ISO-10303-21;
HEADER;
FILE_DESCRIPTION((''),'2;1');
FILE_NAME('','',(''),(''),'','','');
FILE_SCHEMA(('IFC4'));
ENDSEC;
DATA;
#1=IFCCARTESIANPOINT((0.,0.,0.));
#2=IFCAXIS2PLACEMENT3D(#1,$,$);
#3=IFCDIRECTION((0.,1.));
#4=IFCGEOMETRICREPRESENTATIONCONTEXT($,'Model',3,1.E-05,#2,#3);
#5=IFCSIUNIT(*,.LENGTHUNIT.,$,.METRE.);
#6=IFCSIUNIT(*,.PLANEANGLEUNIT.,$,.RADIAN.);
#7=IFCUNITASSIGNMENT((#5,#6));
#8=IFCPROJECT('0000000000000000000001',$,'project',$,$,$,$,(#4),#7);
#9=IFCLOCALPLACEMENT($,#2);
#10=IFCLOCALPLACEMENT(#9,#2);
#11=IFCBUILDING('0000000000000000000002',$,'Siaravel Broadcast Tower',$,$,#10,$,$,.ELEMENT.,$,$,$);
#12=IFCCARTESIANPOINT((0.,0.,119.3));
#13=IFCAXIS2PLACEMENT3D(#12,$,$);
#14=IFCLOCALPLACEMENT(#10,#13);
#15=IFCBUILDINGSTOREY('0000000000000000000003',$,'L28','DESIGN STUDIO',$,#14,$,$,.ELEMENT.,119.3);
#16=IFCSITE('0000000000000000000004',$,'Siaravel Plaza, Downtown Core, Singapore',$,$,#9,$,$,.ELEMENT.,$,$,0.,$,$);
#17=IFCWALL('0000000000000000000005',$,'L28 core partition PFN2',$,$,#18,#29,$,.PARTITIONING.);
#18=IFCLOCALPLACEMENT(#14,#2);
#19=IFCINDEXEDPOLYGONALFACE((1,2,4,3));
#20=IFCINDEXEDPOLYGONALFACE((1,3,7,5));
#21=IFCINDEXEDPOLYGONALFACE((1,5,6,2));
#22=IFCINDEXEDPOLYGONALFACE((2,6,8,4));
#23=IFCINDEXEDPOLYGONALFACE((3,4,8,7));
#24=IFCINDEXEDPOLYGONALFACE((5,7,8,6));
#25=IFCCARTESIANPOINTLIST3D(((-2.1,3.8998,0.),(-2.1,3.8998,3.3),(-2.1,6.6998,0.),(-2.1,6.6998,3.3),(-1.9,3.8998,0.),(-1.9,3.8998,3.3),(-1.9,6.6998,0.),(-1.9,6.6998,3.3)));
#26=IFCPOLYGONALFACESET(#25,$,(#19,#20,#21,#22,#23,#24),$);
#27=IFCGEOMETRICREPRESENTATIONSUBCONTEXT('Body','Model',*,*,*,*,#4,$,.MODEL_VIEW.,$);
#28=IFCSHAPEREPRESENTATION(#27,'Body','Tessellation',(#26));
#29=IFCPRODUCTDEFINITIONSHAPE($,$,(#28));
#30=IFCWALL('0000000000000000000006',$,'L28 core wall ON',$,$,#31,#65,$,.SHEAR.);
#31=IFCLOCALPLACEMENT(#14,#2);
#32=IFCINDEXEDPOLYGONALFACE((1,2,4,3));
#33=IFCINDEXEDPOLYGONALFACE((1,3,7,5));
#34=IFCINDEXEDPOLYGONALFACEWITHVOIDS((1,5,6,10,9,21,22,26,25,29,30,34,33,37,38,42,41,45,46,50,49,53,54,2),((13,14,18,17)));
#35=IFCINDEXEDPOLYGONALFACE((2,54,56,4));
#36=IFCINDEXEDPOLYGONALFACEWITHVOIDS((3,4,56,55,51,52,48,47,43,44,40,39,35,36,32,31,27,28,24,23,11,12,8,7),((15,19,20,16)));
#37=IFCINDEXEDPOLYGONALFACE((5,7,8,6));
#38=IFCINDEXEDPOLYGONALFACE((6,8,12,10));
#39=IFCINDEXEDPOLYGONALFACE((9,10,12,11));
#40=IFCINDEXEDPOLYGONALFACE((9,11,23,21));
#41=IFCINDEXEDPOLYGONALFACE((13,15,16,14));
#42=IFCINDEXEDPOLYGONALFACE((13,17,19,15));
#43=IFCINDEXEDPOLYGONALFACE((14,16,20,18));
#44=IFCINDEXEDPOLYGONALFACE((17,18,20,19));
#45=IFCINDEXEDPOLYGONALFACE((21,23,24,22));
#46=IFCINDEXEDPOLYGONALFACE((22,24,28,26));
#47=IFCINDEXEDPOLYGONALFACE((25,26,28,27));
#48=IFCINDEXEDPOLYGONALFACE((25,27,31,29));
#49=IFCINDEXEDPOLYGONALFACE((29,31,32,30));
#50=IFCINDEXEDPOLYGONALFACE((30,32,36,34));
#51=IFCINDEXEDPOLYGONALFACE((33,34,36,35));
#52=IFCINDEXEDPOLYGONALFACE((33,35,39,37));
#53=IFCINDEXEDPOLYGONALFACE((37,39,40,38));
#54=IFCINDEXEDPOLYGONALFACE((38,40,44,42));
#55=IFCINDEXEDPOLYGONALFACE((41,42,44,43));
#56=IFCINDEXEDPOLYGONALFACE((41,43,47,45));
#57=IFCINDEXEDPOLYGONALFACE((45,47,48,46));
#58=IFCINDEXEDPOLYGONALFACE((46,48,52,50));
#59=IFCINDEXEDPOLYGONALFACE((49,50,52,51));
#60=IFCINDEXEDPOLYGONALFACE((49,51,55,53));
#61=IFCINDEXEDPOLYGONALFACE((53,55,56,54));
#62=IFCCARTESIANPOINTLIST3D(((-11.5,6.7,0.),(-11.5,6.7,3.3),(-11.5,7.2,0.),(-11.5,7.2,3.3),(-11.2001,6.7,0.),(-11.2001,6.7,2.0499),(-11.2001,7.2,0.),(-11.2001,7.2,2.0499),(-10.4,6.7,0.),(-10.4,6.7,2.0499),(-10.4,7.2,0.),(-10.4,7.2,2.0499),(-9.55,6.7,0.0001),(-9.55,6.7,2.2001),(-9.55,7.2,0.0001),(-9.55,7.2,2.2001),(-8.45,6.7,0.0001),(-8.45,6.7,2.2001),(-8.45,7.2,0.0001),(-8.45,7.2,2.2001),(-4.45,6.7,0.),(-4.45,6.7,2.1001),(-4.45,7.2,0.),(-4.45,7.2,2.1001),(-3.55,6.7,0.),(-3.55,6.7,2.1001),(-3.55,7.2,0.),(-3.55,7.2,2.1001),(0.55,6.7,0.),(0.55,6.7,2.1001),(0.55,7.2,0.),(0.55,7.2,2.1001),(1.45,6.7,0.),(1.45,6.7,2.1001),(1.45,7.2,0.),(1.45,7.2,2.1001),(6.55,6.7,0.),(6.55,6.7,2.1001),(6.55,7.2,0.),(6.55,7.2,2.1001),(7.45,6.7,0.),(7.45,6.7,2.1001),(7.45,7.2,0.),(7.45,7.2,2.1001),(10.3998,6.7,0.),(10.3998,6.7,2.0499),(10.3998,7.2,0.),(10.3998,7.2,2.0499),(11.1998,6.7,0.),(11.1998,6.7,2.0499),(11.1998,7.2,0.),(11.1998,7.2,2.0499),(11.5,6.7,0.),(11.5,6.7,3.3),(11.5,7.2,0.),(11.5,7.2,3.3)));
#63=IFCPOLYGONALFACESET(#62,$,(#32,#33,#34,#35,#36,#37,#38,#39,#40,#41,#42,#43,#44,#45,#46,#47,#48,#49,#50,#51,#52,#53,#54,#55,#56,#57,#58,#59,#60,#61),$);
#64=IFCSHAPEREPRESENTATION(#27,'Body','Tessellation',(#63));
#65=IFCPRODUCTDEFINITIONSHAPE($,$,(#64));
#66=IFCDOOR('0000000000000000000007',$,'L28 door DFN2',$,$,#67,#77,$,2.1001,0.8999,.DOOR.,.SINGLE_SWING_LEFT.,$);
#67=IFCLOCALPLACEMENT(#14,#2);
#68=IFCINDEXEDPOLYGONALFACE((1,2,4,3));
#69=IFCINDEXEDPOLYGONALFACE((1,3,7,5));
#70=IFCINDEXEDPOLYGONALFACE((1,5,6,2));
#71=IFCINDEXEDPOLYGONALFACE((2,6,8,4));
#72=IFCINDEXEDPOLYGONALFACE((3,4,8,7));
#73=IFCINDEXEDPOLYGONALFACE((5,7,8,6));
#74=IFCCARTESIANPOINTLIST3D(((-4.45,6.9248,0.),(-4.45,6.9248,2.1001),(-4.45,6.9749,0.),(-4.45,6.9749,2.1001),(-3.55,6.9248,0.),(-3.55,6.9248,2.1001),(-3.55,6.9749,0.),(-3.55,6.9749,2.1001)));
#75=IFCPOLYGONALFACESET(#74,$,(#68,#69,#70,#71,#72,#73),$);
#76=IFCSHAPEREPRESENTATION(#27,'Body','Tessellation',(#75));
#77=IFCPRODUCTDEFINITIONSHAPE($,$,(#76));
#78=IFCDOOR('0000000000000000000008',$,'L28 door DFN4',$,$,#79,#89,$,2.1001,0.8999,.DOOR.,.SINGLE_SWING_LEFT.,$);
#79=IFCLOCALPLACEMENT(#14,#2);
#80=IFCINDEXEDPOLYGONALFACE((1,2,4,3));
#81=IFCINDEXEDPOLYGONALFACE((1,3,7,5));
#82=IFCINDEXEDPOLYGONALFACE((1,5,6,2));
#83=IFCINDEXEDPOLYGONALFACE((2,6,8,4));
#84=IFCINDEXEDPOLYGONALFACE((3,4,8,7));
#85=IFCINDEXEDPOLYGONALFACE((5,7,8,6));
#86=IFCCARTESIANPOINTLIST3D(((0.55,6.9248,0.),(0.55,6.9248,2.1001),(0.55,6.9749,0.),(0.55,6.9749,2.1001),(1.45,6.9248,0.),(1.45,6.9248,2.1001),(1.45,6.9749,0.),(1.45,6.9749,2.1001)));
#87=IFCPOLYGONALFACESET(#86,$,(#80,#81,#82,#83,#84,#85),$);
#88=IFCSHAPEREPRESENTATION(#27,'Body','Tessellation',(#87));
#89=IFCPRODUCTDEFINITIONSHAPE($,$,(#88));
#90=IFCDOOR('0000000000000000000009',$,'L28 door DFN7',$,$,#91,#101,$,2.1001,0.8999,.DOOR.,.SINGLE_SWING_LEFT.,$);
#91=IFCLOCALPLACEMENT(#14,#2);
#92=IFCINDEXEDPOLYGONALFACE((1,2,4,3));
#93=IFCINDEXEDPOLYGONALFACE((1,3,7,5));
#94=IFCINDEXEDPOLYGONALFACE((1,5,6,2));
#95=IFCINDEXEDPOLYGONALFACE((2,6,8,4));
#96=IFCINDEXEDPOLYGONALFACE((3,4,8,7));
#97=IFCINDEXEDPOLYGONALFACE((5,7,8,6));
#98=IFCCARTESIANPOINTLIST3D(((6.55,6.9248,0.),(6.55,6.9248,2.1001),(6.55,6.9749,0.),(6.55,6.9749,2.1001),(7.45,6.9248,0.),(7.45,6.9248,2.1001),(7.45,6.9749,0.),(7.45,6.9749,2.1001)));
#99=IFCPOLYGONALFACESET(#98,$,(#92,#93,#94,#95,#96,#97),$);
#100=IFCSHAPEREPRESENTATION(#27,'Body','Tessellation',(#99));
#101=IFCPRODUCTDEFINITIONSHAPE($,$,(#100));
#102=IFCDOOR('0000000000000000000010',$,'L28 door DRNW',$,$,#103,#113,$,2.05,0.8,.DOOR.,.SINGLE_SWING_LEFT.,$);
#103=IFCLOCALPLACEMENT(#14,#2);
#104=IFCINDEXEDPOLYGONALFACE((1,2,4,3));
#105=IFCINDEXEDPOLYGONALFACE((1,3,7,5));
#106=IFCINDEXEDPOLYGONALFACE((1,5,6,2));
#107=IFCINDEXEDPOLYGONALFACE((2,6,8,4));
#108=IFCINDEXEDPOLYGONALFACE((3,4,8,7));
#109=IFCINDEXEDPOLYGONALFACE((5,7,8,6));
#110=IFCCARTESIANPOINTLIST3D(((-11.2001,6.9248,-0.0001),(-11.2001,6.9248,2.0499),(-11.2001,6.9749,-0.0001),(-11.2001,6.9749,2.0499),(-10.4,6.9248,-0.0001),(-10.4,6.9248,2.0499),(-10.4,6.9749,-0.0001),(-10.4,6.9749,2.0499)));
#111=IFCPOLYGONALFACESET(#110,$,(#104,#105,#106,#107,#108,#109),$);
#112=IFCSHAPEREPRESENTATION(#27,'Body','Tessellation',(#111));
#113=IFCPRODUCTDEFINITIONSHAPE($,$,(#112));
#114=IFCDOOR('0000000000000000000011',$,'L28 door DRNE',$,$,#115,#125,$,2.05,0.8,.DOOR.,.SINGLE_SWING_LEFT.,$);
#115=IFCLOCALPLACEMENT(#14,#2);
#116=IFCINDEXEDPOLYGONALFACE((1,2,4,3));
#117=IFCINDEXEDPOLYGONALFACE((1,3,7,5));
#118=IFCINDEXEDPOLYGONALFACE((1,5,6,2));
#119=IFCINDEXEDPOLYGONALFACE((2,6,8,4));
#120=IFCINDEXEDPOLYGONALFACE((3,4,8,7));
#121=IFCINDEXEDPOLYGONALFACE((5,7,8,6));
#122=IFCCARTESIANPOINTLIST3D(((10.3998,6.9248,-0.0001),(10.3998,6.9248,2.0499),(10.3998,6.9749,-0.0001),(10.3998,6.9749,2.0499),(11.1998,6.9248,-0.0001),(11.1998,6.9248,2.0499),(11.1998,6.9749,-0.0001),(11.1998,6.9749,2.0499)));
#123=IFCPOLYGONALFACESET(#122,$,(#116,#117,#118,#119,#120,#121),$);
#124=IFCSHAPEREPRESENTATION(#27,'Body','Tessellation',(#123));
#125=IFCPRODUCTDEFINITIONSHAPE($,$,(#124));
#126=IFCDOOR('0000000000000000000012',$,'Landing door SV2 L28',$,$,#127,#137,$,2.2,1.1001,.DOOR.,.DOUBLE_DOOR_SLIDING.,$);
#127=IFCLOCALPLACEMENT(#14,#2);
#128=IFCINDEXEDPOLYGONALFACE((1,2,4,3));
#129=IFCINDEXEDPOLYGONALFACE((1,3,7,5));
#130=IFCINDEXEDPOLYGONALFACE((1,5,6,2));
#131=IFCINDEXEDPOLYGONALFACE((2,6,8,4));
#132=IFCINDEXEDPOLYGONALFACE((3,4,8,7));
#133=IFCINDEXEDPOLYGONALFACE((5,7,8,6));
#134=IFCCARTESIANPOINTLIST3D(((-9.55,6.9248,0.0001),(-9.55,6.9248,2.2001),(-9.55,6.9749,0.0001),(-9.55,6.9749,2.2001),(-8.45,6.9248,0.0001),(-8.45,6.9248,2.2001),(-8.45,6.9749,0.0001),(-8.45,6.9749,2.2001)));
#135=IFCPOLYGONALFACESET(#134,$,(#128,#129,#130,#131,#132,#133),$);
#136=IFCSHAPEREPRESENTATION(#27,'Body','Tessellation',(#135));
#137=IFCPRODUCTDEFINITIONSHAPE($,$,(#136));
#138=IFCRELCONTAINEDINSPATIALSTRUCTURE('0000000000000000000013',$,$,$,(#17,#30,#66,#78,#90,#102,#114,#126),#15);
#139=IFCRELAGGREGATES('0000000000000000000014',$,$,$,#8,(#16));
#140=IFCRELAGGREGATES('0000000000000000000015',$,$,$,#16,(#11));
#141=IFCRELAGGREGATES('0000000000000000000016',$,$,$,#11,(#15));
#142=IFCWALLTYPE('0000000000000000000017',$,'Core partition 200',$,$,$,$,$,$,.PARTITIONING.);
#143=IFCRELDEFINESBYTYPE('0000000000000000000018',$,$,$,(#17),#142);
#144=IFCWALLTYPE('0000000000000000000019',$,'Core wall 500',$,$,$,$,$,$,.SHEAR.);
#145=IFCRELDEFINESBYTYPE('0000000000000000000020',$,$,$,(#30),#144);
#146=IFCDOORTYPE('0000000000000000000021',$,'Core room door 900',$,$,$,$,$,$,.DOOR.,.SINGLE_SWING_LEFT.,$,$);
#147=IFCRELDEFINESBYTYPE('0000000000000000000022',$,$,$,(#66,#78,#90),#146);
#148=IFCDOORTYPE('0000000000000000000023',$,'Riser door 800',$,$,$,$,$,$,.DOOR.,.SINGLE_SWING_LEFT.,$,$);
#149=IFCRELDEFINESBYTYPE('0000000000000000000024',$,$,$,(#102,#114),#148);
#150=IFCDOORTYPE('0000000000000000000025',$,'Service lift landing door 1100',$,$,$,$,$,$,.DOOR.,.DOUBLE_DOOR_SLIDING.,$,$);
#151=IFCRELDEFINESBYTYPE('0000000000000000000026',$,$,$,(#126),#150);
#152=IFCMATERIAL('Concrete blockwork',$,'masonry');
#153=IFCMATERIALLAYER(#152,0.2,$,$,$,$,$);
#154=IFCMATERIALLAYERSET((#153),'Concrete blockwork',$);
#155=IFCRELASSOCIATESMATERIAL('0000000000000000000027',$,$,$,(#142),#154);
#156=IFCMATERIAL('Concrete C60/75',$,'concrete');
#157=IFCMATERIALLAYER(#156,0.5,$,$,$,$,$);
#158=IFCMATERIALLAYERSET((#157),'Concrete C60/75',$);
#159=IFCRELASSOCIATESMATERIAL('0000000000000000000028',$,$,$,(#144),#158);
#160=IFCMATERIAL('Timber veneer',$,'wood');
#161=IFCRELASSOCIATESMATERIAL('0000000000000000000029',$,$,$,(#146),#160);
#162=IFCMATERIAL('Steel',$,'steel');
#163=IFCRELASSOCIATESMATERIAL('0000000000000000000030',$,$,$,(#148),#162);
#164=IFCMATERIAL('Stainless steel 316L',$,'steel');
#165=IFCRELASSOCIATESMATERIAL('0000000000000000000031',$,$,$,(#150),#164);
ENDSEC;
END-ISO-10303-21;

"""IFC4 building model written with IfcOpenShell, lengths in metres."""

from ifc_helpers import new_model, si_unit, direction, frame, frame_2d, origin, place, context, subcontext, project, spatial, rectangle, extrude, material, layer, layer_set, type_object, element, fill, save


model = new_model("IFC4")

# Units and contexts
model_context = context("Model", 3, precision=1e-05, world=origin(), true_north=direction((0.0, 1.0)))
body_context = subcontext(model_context, "Body", "Model", "MODEL_VIEW")
ifc_project = project(units=[si_unit("LENGTHUNIT", "METRE"), si_unit("PLANEANGLEUNIT", "RADIAN")], contexts=[model_context])

# Site, building, storey
site_placement = place(None, origin())
site = spatial("IfcSite", under=ifc_project, at=site_placement, Name="Siaravel Plaza, Downtown Core, Singapore", CompositionType="ELEMENT", RefElevation=0.0)
building_placement = place(site_placement, origin())
building = spatial("IfcBuilding", under=site, at=building_placement, Name="Siaravel Broadcast Tower", CompositionType="ELEMENT")
storey_placement = place(building_placement, frame((0.0, 0.0, 119.3)))
storey = spatial("IfcBuildingStorey", under=building, at=storey_placement, Name="L28", Description="DESIGN STUDIO", CompositionType="ELEMENT", Elevation=119.3)

# Shared definitions
ifc_material_1 = material(Name="Concrete C60/75", Category="concrete")

# Wall
ifc_material_2 = material(Name="Concrete blockwork", Category="masonry")
ifc_layer_1 = layer(ifc_material_2, 0.2)
ifc_layer_set_1 = layer_set([ifc_layer_1], Name="Concrete blockwork")
wall_type_1 = type_object("IfcWallType", Name="Core partition 200", PredefinedType="PARTITIONING", material=ifc_layer_set_1)
wall_1_placement = place(storey_placement, frame((-2.0, 3.8999, 0.0), z_axis=(0.0, 0.0, 1.0), x_axis=(0.0, 1.0, 0.0)))
element("IfcWall", 1, at=wall_1_placement, inside=storey, type_object=wall_type_1, Name="L28 core partition PFN2", PredefinedType="PARTITIONING", context=body_context, shape_type="SweptSolid", body=[
    extrude(rectangle(XDim=2.8, YDim=0.2, at=frame_2d((1.3999, 0.0))), origin(), (0.0, 0.0, 1.0), 3.3),
])

# Wall, openings, doors
ifc_layer_2 = layer(ifc_material_1, 0.5)
ifc_layer_set_2 = layer_set([ifc_layer_2], Name="Concrete C60/75")
wall_type_2 = type_object("IfcWallType", Name="Core wall 500", PredefinedType="SHEAR", material=ifc_layer_set_2)
wall_2_placement = place(storey_placement, frame((-11.5, 6.95, 0.0), z_axis=(0.0, 0.0, 1.0), x_axis=(1.0, 0.0, 0.0)))
wall_2 = element("IfcWall", 2, at=wall_2_placement, inside=storey, type_object=wall_type_2, Name="L28 core wall ON", PredefinedType="SHEAR", context=body_context, shape_type="SweptSolid", body=[
    extrude(rectangle(XDim=23.0, YDim=0.5, at=frame_2d((11.5, 0.0))), origin(), (0.0, 0.0, 1.0), 3.3),
])
opening_1_placement = place(wall_2_placement, frame((1.95, 0.0, 0.0)))
opening_1 = element("IfcOpeningElement", 3, at=opening_1_placement, cuts=wall_2, PredefinedType="OPENING", context=body_context, shape_type="SweptSolid", body=[
    extrude(rectangle(XDim=1.1001, YDim=2.2, at=frame_2d((0.55, 1.1001))), frame((0.0, 0.26, 0.0), z_axis=(0.0, -1.0, 0.0), x_axis=(1.0, 0.0, 0.0)), (0.0, 0.0, 1.0), 0.52),
])
opening_2_placement = place(wall_2_placement, frame((7.05, 0.0, 0.0)))
opening_2 = element("IfcOpeningElement", 4, at=opening_2_placement, cuts=wall_2, PredefinedType="OPENING", context=body_context, shape_type="SweptSolid", body=[
    extrude(rectangle(XDim=0.8999, YDim=2.1001, at=frame_2d((0.45, 1.05))), frame((0.0, 0.26, 0.0), z_axis=(0.0, -1.0, 0.0), x_axis=(1.0, 0.0, 0.0)), (0.0, 0.0, 1.0), 0.52),
])
opening_3_placement = place(wall_2_placement, frame((12.05, 0.0, 0.0)))
opening_3 = element("IfcOpeningElement", 5, at=opening_3_placement, cuts=wall_2, PredefinedType="OPENING", context=body_context, shape_type="SweptSolid", body=[
    extrude(rectangle(XDim=0.8999, YDim=2.1001, at=frame_2d((0.45, 1.05))), frame((0.0, 0.26, 0.0), z_axis=(0.0, -1.0, 0.0), x_axis=(1.0, 0.0, 0.0)), (0.0, 0.0, 1.0), 0.52),
])
opening_4_placement = place(wall_2_placement, frame((18.05, 0.0, 0.0)))
opening_4 = element("IfcOpeningElement", 6, at=opening_4_placement, cuts=wall_2, PredefinedType="OPENING", context=body_context, shape_type="SweptSolid", body=[
    extrude(rectangle(XDim=0.8999, YDim=2.1001, at=frame_2d((0.45, 1.05))), frame((0.0, 0.26, 0.0), z_axis=(0.0, -1.0, 0.0), x_axis=(1.0, 0.0, 0.0)), (0.0, 0.0, 1.0), 0.52),
])
opening_5_placement = place(wall_2_placement, frame((0.3, 0.0, 0.0)))
opening_5 = element("IfcOpeningElement", 7, at=opening_5_placement, cuts=wall_2, PredefinedType="OPENING", context=body_context, shape_type="SweptSolid", body=[
    extrude(rectangle(XDim=0.8, YDim=2.05, at=frame_2d((0.3999, 1.0249))), frame((0.0, 0.26, 0.0), z_axis=(0.0, -1.0, 0.0), x_axis=(1.0, 0.0, 0.0)), (0.0, 0.0, 1.0), 0.52),
])
opening_6_placement = place(wall_2_placement, frame((21.8999, 0.0, 0.0)))
opening_6 = element("IfcOpeningElement", 8, at=opening_6_placement, cuts=wall_2, PredefinedType="OPENING", context=body_context, shape_type="SweptSolid", body=[
    extrude(rectangle(XDim=0.8, YDim=2.05, at=frame_2d((0.3999, 1.0249))), frame((0.0, 0.26, 0.0), z_axis=(0.0, -1.0, 0.0), x_axis=(1.0, 0.0, 0.0)), (0.0, 0.0, 1.0), 0.52),
])
ifc_material_3 = material(Name="Timber veneer", Category="wood")
door_type_1 = type_object("IfcDoorType", Name="Core room door 900", OperationType="SINGLE_SWING_LEFT", PredefinedType="DOOR", material=ifc_material_3)
door_1_placement = place(opening_2_placement, origin())
door_1 = element("IfcDoor", 9, at=door_1_placement, inside=storey, type_object=door_type_1, Name="L28 door DFN2", OperationType="SINGLE_SWING_LEFT", OverallHeight=2.1001, OverallWidth=0.8999, PredefinedType="DOOR", context=body_context, shape_type="SweptSolid", body=[
    extrude(rectangle(XDim=0.8999, YDim=2.1001, at=frame_2d((0.45, 1.05))), frame((0.0, 0.0249, 0.0), z_axis=(0.0, -1.0, 0.0), x_axis=(1.0, 0.0, 0.0)), (0.0, 0.0, 1.0), 0.05),
])
fill(opening_2, door_1)
door_2_placement = place(opening_3_placement, origin())
door_2 = element("IfcDoor", 10, at=door_2_placement, inside=storey, type_object=door_type_1, Name="L28 door DFN4", OperationType="SINGLE_SWING_LEFT", OverallHeight=2.1001, OverallWidth=0.8999, PredefinedType="DOOR", context=body_context, shape_type="SweptSolid", body=[
    extrude(rectangle(XDim=0.8999, YDim=2.1001, at=frame_2d((0.45, 1.05))), frame((0.0, 0.0249, 0.0), z_axis=(0.0, -1.0, 0.0), x_axis=(1.0, 0.0, 0.0)), (0.0, 0.0, 1.0), 0.05),
])
fill(opening_3, door_2)
door_3_placement = place(opening_4_placement, origin())
door_3 = element("IfcDoor", 11, at=door_3_placement, inside=storey, type_object=door_type_1, Name="L28 door DFN7", OperationType="SINGLE_SWING_LEFT", OverallHeight=2.1001, OverallWidth=0.8999, PredefinedType="DOOR", context=body_context, shape_type="SweptSolid", body=[
    extrude(rectangle(XDim=0.8999, YDim=2.1001, at=frame_2d((0.45, 1.05))), frame((0.0, 0.0249, 0.0), z_axis=(0.0, -1.0, 0.0), x_axis=(1.0, 0.0, 0.0)), (0.0, 0.0, 1.0), 0.05),
])
fill(opening_4, door_3)
ifc_material_4 = material(Name="Steel", Category="steel")
door_type_2 = type_object("IfcDoorType", Name="Riser door 800", OperationType="SINGLE_SWING_LEFT", PredefinedType="DOOR", material=ifc_material_4)
door_4_placement = place(opening_5_placement, origin())
door_4 = element("IfcDoor", 12, at=door_4_placement, inside=storey, type_object=door_type_2, Name="L28 door DRNW", OperationType="SINGLE_SWING_LEFT", OverallHeight=2.05, OverallWidth=0.8, PredefinedType="DOOR", context=body_context, shape_type="SweptSolid", body=[
    extrude(rectangle(XDim=0.8, YDim=2.05, at=frame_2d((0.3999, 1.0249))), frame((0.0, 0.0249, 0.0), z_axis=(0.0, -1.0, 0.0), x_axis=(1.0, 0.0, 0.0)), (0.0, 0.0, 1.0), 0.05),
])
fill(opening_5, door_4)
door_5_placement = place(opening_6_placement, origin())
door_5 = element("IfcDoor", 13, at=door_5_placement, inside=storey, type_object=door_type_2, Name="L28 door DRNE", OperationType="SINGLE_SWING_LEFT", OverallHeight=2.05, OverallWidth=0.8, PredefinedType="DOOR", context=body_context, shape_type="SweptSolid", body=[
    extrude(rectangle(XDim=0.8, YDim=2.05, at=frame_2d((0.3999, 1.0249))), frame((0.0, 0.0249, 0.0), z_axis=(0.0, -1.0, 0.0), x_axis=(1.0, 0.0, 0.0)), (0.0, 0.0, 1.0), 0.05),
])
fill(opening_6, door_5)
ifc_material_5 = material(Name="Stainless steel 316L", Category="steel")
door_type_3 = type_object("IfcDoorType", Name="Service lift landing door 1100", OperationType="DOUBLE_DOOR_SLIDING", PredefinedType="DOOR", material=ifc_material_5)
door_6_placement = place(opening_1_placement, origin())
door_6 = element("IfcDoor", 14, at=door_6_placement, inside=storey, type_object=door_type_3, Name="Landing door SV2 L28", OperationType="DOUBLE_DOOR_SLIDING", OverallHeight=2.2, OverallWidth=1.1001, PredefinedType="DOOR", context=body_context, shape_type="SweptSolid", body=[
    extrude(rectangle(XDim=1.1001, YDim=2.2, at=frame_2d((0.55, 1.1001))), frame((0.0, 0.0249, 0.0), z_axis=(0.0, -1.0, 0.0), x_axis=(1.0, 0.0, 0.0)), (0.0, 0.0, 1.0), 0.05),
])
fill(opening_1, door_6)

save(model, "model.ifc")
